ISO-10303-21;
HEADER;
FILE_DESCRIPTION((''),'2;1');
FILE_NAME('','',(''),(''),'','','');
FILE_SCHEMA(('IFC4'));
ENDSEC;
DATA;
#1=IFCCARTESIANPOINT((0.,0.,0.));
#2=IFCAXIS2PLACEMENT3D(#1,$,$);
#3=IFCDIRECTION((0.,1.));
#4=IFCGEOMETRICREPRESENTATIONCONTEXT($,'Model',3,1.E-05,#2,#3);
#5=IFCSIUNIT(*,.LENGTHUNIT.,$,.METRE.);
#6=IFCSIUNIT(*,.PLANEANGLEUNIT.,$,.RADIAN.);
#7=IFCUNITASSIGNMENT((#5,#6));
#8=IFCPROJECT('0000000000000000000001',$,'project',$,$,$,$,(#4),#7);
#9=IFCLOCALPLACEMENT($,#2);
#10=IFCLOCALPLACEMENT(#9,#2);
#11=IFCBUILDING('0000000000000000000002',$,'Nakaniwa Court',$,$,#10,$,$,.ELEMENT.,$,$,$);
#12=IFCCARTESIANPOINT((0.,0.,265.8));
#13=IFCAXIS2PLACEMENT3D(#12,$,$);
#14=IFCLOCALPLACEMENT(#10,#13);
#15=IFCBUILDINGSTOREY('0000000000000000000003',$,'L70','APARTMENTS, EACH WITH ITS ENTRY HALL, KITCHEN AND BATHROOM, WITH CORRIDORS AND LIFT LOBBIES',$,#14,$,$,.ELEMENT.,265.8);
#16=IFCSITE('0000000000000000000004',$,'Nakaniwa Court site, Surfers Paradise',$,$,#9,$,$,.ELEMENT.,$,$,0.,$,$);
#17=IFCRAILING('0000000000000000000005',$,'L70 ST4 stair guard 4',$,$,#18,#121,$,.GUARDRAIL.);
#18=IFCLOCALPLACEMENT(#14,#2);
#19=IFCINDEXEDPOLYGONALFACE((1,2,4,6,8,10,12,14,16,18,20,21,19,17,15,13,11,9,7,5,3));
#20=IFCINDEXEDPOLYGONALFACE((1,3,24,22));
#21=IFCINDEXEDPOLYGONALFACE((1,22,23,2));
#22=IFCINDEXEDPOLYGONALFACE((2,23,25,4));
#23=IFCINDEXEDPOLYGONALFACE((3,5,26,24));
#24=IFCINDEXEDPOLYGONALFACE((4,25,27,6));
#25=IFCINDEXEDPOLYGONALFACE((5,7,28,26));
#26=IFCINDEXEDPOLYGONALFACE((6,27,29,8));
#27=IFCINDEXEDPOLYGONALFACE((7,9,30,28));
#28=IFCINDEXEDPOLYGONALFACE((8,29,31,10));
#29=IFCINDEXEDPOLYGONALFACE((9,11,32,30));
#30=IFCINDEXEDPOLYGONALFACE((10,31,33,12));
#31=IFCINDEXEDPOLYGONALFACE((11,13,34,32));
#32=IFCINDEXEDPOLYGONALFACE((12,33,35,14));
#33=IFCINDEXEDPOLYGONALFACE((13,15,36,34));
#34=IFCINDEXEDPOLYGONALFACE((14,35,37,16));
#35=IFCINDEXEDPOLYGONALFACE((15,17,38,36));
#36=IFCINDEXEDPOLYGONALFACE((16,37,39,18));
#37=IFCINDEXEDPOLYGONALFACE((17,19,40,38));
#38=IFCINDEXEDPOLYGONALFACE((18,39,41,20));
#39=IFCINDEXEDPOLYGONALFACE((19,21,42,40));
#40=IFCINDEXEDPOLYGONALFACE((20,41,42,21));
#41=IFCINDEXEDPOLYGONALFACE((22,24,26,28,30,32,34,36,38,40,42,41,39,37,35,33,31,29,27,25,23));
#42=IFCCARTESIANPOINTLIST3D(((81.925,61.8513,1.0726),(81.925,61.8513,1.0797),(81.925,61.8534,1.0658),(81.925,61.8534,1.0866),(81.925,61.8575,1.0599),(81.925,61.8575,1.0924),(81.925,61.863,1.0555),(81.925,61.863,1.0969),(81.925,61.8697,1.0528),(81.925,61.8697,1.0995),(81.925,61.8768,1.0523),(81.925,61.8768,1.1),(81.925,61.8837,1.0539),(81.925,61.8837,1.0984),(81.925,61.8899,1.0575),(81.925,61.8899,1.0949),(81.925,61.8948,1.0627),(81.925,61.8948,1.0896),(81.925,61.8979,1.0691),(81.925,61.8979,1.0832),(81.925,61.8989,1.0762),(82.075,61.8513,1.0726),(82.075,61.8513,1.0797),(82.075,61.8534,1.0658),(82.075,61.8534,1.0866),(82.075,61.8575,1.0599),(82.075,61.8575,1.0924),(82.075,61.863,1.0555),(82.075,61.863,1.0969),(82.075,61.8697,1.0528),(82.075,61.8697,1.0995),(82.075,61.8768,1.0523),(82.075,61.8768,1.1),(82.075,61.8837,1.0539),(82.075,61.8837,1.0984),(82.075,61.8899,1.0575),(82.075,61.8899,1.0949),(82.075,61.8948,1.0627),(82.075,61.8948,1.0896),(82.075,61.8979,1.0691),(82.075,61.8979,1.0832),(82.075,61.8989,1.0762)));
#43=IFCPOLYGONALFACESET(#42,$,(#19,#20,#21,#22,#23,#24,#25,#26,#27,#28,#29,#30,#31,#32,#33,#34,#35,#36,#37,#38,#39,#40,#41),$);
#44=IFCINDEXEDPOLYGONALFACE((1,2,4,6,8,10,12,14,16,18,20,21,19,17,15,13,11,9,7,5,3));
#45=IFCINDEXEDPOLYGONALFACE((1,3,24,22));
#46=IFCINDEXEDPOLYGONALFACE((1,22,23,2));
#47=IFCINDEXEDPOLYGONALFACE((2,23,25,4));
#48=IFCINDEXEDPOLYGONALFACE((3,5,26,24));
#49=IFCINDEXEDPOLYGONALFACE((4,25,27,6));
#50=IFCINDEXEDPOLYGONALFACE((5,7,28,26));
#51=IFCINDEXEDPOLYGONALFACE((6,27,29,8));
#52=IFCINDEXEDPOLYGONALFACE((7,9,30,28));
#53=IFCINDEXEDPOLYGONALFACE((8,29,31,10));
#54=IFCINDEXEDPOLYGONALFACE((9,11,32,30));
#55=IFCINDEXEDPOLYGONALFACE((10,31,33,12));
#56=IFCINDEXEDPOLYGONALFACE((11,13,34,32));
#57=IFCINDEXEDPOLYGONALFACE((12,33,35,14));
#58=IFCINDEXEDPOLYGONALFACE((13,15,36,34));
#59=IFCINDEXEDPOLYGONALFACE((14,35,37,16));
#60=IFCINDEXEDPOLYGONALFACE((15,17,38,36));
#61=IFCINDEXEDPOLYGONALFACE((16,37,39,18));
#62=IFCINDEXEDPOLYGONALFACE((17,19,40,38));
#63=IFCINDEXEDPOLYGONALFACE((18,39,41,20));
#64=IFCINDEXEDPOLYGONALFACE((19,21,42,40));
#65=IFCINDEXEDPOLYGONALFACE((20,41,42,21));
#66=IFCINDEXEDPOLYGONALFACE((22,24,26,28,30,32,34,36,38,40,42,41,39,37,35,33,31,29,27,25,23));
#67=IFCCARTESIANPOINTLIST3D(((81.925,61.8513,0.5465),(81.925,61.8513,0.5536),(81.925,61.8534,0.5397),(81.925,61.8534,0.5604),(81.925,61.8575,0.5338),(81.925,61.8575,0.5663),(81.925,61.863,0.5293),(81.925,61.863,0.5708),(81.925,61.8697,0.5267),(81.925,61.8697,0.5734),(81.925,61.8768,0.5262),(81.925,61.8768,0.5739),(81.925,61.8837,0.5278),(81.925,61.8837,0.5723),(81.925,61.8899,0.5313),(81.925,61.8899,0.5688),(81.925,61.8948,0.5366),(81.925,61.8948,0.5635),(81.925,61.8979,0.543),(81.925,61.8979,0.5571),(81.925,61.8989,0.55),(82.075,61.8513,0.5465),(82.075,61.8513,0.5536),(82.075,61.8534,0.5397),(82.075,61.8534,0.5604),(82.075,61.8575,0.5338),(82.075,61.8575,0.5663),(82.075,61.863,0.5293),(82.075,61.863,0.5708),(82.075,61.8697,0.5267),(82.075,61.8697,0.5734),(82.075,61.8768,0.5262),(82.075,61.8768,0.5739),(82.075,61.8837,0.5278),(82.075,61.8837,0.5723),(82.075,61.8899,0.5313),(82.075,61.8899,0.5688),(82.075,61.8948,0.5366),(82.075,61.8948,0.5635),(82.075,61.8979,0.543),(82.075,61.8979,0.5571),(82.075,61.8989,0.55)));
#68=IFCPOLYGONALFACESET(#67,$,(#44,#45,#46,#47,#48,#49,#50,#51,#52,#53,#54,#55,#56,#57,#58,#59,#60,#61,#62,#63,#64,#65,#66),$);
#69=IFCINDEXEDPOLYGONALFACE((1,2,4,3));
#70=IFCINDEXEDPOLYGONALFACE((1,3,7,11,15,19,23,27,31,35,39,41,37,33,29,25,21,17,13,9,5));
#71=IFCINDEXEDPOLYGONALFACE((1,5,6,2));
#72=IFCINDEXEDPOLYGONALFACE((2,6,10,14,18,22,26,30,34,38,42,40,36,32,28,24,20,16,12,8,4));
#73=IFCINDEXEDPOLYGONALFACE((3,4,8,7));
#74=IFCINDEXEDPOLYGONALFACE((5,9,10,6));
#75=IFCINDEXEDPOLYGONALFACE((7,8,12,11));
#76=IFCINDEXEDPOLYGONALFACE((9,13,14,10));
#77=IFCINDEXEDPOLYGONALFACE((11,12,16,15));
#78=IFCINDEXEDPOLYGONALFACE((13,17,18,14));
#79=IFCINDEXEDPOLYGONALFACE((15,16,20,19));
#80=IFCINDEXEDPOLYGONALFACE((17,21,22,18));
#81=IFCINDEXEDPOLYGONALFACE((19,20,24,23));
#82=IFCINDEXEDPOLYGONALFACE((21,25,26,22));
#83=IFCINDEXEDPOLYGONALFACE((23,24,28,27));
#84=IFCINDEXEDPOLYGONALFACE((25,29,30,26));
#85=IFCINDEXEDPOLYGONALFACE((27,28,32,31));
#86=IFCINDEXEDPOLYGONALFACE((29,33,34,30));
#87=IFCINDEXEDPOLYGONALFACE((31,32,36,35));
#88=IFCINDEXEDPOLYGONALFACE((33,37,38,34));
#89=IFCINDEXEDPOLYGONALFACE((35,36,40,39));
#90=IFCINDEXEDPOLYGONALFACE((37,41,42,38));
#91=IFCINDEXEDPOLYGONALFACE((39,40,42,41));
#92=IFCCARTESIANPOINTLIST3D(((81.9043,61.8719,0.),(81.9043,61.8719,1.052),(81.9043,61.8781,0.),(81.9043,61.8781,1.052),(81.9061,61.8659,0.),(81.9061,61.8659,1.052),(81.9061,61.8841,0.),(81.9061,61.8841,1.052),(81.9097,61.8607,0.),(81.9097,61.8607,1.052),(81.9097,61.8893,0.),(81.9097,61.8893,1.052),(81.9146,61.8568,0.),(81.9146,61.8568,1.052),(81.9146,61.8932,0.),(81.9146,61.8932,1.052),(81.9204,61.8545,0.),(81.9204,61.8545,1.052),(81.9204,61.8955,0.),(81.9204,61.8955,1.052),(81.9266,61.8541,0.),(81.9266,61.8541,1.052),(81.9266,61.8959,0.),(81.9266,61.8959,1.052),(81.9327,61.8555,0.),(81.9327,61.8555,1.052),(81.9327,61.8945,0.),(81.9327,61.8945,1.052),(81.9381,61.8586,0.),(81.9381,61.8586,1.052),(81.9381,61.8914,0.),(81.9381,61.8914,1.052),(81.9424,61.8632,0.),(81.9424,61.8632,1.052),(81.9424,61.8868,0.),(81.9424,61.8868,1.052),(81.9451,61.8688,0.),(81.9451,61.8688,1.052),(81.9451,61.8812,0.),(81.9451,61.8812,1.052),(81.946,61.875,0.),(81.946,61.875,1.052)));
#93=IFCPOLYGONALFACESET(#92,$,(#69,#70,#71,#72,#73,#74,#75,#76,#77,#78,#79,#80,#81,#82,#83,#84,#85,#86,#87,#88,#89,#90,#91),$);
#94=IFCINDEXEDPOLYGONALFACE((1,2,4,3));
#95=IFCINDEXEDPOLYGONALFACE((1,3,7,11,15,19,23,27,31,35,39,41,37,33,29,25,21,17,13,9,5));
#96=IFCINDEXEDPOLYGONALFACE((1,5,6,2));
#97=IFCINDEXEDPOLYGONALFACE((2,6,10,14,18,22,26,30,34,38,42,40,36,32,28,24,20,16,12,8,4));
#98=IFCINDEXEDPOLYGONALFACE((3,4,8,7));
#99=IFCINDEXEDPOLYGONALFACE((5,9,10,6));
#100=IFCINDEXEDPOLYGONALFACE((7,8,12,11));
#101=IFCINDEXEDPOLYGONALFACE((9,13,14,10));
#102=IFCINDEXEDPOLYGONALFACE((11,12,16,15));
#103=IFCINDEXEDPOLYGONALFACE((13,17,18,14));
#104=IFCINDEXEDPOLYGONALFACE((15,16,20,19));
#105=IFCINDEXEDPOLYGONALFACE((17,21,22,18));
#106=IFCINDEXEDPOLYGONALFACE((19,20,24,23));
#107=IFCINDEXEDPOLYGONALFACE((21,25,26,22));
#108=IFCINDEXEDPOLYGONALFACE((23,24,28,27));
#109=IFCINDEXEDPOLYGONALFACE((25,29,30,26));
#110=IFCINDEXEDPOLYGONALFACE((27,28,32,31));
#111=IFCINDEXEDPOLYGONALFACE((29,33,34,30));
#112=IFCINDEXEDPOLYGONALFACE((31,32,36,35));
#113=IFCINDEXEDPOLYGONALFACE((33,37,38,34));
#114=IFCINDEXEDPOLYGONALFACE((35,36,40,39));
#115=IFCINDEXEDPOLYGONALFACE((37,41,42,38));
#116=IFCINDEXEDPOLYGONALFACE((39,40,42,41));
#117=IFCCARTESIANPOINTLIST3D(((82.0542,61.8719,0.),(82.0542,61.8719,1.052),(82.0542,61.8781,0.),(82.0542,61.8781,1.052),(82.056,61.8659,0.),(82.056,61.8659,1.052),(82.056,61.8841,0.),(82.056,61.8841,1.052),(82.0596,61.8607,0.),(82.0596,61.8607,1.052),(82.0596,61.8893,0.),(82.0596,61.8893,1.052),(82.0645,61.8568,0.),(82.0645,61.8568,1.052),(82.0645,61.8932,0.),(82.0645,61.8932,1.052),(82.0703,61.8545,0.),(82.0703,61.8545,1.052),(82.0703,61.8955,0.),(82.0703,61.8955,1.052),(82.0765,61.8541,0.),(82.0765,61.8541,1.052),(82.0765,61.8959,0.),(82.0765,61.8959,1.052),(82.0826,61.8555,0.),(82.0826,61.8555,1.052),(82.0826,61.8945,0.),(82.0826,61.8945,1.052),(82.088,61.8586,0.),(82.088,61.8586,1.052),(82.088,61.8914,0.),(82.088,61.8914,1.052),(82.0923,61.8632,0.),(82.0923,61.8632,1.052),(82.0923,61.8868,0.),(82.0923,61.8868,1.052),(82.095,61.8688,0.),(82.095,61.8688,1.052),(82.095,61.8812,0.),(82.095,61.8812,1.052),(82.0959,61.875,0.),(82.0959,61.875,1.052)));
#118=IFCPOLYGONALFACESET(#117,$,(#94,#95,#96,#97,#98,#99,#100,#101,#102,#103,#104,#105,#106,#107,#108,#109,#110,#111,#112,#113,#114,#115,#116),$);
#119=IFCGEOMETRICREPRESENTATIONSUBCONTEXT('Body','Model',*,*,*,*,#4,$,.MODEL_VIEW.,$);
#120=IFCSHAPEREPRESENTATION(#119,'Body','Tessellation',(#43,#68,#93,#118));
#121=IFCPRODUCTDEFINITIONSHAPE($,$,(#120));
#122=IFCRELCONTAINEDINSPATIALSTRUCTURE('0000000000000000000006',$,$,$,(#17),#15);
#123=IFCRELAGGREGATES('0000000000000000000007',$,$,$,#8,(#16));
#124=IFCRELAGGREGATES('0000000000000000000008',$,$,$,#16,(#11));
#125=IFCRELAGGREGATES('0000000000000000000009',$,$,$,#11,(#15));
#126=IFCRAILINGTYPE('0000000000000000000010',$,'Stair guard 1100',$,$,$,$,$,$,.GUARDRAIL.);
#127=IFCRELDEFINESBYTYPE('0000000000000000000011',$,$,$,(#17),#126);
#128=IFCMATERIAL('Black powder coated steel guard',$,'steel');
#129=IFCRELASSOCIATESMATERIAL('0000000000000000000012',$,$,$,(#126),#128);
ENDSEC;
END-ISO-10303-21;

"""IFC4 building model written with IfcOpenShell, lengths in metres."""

from ifc_helpers import new_model, si_unit, direction, frame, origin, origin_2d, place, context, subcontext, project, spatial, circle, extrude, material, type_object, element, save


model = new_model("IFC4")

# Units and contexts
model_context = context("Model", 3, precision=1e-05, world=origin(), true_north=direction((0.0, 1.0)))
body_context = subcontext(model_context, "Body", "Model", "MODEL_VIEW")
ifc_project = project(units=[si_unit("LENGTHUNIT", "METRE"), si_unit("PLANEANGLEUNIT", "RADIAN")], contexts=[model_context])

# Site, building, storey
site_placement = place(None, origin())
site = spatial("IfcSite", under=ifc_project, at=site_placement, Name="Nakaniwa Court site, Surfers Paradise", CompositionType="ELEMENT", RefElevation=0.0)
building_placement = place(site_placement, origin())
building = spatial("IfcBuilding", under=site, at=building_placement, Name="Nakaniwa Court", CompositionType="ELEMENT")
storey_placement = place(building_placement, frame((0.0, 0.0, 265.8)))
storey = spatial("IfcBuildingStorey", under=building, at=storey_placement, Name="L70", Description="APARTMENTS, EACH WITH ITS ENTRY HALL, KITCHEN AND BATHROOM, WITH CORRIDORS AND LIFT LOBBIES", CompositionType="ELEMENT", Elevation=265.8)

# Railing
ifc_material_1 = material(Name="Black powder coated steel guard", Category="steel")
railing_type_1 = type_object("IfcRailingType", Name="Stair guard 1100", PredefinedType="GUARDRAIL", material=ifc_material_1)
railing_1_placement = place(storey_placement, frame((81.925, 61.875, 0.0)))
element("IfcRailing", 1, at=railing_1_placement, inside=storey, type_object=railing_type_1, Name="L70 ST4 stair guard 4", PredefinedType="GUARDRAIL", context=body_context, shape_type="SweptSolid", body=[
    extrude(circle(Radius=0.0239, at=origin_2d()), frame((0.0, 0.0, 1.0762), z_axis=(1.0, 0.0, 0.0), x_axis=(0.0, 1.0, 0.0)), (0.0, 0.0, 1.0), 0.1499),
    extrude(circle(Radius=0.0239, at=origin_2d()), frame((0.0, 0.0, 0.55), z_axis=(1.0, 0.0, 0.0), x_axis=(0.0, 1.0, 0.0)), (0.0, 0.0, 1.0), 0.1499),
    extrude(circle(Radius=0.021, at=origin_2d()), origin(), (0.0, 0.0, 1.0), 1.052),
    extrude(circle(Radius=0.021, at=origin_2d()), frame((0.1499, 0.0, 0.0)), (0.0, 0.0, 1.0), 1.052),
])

save(model, "model.ifc")
